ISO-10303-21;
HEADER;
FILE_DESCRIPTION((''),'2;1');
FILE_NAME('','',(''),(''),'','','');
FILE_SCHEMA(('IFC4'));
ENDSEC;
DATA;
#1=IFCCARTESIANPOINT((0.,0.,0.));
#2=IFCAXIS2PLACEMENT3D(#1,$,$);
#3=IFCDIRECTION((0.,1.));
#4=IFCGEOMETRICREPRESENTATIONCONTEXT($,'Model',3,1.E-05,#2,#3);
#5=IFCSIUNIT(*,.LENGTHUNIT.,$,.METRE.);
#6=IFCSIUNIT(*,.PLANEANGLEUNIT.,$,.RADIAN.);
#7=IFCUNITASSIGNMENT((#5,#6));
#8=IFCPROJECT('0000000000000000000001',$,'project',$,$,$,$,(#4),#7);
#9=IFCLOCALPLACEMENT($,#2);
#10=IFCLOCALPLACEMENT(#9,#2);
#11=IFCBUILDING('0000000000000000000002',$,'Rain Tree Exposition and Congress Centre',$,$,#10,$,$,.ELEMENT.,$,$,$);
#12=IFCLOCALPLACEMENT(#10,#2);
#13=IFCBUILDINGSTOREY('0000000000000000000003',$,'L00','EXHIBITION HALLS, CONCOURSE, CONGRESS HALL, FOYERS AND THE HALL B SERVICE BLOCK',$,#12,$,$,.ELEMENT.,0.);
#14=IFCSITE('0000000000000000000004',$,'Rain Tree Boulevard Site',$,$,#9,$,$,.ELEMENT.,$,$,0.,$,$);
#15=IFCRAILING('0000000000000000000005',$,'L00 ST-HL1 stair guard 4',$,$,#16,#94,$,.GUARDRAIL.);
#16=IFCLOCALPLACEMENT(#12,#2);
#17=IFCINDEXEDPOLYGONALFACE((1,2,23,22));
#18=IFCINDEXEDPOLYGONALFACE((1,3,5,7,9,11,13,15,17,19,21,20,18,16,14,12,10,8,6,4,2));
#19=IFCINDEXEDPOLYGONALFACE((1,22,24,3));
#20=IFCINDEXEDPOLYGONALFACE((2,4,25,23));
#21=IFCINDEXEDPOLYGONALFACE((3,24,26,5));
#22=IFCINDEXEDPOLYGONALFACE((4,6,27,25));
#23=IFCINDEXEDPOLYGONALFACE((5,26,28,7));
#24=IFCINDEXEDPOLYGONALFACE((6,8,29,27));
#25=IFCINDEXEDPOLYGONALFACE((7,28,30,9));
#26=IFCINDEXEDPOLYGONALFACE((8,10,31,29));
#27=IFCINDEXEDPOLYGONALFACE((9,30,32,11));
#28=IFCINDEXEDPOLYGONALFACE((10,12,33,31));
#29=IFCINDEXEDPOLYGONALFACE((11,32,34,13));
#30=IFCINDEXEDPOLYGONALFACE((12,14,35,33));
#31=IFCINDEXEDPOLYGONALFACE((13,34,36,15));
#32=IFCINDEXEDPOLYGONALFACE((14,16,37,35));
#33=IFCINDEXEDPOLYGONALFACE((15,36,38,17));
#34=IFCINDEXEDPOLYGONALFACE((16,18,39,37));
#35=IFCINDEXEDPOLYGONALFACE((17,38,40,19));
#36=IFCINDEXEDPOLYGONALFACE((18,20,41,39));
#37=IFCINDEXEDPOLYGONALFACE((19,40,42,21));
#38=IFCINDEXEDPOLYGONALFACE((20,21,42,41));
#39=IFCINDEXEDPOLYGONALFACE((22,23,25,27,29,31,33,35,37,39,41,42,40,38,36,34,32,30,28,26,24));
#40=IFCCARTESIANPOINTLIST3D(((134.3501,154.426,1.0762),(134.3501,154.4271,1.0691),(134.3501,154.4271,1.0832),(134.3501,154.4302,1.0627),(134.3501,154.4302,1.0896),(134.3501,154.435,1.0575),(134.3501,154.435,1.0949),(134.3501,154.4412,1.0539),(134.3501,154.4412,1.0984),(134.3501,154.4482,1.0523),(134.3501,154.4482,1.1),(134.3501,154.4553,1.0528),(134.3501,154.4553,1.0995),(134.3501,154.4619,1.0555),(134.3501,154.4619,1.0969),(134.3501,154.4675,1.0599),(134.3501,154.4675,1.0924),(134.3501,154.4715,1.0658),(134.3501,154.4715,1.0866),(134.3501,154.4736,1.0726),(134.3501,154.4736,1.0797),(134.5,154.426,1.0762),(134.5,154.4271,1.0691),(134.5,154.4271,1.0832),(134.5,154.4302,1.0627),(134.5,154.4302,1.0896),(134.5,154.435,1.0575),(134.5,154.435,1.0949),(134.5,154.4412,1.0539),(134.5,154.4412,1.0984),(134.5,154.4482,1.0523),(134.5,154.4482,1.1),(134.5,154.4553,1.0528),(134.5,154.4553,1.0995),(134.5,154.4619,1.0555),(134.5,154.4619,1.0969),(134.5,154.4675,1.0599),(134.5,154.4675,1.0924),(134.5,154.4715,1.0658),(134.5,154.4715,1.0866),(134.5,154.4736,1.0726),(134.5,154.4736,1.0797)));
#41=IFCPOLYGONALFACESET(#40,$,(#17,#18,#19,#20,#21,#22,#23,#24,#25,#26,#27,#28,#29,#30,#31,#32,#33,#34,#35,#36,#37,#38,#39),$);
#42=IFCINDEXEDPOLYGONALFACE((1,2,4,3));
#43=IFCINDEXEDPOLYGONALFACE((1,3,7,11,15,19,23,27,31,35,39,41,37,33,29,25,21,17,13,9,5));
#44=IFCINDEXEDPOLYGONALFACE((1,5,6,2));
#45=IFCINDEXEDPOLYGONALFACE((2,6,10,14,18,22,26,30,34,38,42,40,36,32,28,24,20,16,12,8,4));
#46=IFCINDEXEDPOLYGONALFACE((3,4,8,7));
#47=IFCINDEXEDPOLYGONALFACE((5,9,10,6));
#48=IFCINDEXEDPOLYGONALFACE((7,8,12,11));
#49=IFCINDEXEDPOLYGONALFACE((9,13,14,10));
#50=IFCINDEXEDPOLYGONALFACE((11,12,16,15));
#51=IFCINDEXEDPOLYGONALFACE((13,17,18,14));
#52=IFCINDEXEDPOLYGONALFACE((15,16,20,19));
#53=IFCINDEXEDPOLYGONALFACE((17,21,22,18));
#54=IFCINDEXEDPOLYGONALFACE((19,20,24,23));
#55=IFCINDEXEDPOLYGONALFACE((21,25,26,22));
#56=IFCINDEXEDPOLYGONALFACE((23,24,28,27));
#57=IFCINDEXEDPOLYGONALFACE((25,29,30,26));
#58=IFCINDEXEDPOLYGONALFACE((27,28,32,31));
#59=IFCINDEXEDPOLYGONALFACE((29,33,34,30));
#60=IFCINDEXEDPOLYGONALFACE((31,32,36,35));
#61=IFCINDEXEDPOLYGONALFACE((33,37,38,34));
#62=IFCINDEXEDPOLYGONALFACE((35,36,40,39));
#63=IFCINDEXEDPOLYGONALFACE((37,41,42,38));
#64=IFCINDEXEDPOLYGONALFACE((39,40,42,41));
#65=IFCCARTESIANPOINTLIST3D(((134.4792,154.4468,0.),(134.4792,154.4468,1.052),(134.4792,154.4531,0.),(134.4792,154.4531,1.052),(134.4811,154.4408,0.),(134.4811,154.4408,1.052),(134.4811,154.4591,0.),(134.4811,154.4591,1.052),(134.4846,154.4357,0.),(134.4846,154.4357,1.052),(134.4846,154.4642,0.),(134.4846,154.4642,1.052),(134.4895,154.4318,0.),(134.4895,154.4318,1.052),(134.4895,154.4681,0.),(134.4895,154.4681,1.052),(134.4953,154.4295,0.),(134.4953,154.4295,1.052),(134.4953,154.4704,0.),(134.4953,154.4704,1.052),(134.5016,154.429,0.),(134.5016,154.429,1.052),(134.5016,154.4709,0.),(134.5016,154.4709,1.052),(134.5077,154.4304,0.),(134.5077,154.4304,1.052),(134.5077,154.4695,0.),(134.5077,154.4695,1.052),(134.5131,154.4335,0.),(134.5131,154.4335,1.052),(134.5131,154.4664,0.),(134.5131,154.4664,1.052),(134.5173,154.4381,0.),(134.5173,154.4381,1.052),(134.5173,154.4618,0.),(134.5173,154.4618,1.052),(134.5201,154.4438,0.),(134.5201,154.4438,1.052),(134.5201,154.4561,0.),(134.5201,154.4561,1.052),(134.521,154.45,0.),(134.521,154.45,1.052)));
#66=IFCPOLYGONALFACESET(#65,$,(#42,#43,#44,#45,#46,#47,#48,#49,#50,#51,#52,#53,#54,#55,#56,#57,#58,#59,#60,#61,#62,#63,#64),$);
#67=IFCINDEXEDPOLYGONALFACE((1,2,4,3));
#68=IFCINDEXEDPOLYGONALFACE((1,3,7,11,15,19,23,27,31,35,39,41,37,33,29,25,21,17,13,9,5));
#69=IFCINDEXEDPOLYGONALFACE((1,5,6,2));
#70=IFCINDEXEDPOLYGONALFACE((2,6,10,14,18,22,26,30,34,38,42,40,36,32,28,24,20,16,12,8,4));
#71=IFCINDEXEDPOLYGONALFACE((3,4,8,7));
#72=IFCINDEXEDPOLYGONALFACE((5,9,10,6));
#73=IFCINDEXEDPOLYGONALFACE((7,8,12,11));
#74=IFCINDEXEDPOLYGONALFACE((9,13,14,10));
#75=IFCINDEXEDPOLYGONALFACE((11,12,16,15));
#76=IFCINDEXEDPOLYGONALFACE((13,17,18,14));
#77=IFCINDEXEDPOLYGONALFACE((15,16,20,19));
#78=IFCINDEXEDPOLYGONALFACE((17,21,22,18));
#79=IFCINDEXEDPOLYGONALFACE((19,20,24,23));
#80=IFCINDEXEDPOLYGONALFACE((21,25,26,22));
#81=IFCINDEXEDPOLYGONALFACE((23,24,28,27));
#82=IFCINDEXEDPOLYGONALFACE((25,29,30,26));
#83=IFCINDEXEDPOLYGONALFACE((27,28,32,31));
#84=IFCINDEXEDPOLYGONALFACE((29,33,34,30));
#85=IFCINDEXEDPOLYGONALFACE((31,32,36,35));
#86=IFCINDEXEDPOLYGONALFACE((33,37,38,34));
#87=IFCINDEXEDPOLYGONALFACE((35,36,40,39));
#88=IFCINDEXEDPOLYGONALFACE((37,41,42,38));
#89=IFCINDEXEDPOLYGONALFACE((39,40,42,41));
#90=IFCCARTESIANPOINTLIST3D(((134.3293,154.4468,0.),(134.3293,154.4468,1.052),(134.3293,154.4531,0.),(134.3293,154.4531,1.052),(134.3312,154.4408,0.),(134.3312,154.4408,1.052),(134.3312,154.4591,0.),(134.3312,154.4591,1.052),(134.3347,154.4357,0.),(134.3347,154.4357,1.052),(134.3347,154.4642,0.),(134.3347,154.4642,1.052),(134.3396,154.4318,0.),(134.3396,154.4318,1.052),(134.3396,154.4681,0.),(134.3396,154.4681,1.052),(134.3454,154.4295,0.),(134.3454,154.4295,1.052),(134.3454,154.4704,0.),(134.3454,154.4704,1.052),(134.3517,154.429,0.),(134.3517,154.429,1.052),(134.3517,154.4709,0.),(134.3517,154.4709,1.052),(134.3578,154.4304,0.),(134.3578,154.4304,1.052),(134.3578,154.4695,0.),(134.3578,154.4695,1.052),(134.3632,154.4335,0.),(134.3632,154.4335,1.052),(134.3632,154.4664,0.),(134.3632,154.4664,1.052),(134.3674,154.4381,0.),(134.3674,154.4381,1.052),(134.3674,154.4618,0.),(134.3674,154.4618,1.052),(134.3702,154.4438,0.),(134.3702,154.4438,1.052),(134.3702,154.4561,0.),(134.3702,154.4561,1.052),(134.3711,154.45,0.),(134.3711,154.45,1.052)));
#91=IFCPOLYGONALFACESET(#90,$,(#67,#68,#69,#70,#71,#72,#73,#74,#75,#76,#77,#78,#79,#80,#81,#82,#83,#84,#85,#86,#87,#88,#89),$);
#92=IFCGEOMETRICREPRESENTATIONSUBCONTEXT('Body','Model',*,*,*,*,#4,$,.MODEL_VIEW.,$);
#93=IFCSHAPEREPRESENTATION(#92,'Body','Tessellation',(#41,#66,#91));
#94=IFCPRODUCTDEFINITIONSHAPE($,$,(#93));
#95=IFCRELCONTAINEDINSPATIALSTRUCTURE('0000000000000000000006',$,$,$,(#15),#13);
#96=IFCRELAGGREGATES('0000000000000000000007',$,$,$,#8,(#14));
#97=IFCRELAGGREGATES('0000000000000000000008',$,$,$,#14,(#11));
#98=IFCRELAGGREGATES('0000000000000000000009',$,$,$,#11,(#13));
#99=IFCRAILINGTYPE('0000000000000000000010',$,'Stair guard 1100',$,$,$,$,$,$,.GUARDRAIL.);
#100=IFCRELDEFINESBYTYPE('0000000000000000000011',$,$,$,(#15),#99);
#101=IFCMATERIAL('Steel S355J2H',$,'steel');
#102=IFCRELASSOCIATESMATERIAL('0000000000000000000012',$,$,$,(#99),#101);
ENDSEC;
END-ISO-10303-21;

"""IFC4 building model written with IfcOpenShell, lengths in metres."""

from ifc_helpers import new_model, si_unit, direction, frame, origin, origin_2d, place, context, subcontext, project, spatial, circle, extrude, material, type_object, element, save


model = new_model("IFC4")

# Units and contexts
model_context = context("Model", 3, precision=1e-05, world=origin(), true_north=direction((0.0, 1.0)))
body_context = subcontext(model_context, "Body", "Model", "MODEL_VIEW")
ifc_project = project(units=[si_unit("LENGTHUNIT", "METRE"), si_unit("PLANEANGLEUNIT", "RADIAN")], contexts=[model_context])

# Site, building, storey
site_placement = place(None, origin())
site = spatial("IfcSite", under=ifc_project, at=site_placement, Name="Rain Tree Boulevard Site", CompositionType="ELEMENT", RefElevation=0.0)
building_placement = place(site_placement, origin())
building = spatial("IfcBuilding", under=site, at=building_placement, Name="Rain Tree Exposition and Congress Centre", CompositionType="ELEMENT")
storey_placement = place(building_placement, origin())
storey = spatial("IfcBuildingStorey", under=building, at=storey_placement, Name="L00", Description="EXHIBITION HALLS, CONCOURSE, CONGRESS HALL, FOYERS AND THE HALL B SERVICE BLOCK", CompositionType="ELEMENT", Elevation=0.0)

# Railing
ifc_material_1 = material(Name="Steel S355J2H", Category="steel")
railing_type_1 = type_object("IfcRailingType", Name="Stair guard 1100", PredefinedType="GUARDRAIL", material=ifc_material_1)
railing_1_placement = place(storey_placement, frame((134.5, 154.45, 0.0)))
element("IfcRailing", 1, at=railing_1_placement, inside=storey, type_object=railing_type_1, Name="L00 ST-HL1 stair guard 4", PredefinedType="GUARDRAIL", context=body_context, shape_type="SweptSolid", body=[
    extrude(circle(Radius=0.0239, at=origin_2d()), frame((0.0, 0.0, 1.0762), z_axis=(-1.0, 0.0, 0.0), x_axis=(0.0, -1.0, 0.0)), (0.0, 0.0, 1.0), 0.1499),
    extrude(circle(Radius=0.021, at=origin_2d()), origin(), (0.0, 0.0, 1.0), 1.052),
    extrude(circle(Radius=0.021, at=origin_2d()), frame((-0.1499, 0.0, 0.0)), (0.0, 0.0, 1.0), 1.052),
])

save(model, "model.ifc")
